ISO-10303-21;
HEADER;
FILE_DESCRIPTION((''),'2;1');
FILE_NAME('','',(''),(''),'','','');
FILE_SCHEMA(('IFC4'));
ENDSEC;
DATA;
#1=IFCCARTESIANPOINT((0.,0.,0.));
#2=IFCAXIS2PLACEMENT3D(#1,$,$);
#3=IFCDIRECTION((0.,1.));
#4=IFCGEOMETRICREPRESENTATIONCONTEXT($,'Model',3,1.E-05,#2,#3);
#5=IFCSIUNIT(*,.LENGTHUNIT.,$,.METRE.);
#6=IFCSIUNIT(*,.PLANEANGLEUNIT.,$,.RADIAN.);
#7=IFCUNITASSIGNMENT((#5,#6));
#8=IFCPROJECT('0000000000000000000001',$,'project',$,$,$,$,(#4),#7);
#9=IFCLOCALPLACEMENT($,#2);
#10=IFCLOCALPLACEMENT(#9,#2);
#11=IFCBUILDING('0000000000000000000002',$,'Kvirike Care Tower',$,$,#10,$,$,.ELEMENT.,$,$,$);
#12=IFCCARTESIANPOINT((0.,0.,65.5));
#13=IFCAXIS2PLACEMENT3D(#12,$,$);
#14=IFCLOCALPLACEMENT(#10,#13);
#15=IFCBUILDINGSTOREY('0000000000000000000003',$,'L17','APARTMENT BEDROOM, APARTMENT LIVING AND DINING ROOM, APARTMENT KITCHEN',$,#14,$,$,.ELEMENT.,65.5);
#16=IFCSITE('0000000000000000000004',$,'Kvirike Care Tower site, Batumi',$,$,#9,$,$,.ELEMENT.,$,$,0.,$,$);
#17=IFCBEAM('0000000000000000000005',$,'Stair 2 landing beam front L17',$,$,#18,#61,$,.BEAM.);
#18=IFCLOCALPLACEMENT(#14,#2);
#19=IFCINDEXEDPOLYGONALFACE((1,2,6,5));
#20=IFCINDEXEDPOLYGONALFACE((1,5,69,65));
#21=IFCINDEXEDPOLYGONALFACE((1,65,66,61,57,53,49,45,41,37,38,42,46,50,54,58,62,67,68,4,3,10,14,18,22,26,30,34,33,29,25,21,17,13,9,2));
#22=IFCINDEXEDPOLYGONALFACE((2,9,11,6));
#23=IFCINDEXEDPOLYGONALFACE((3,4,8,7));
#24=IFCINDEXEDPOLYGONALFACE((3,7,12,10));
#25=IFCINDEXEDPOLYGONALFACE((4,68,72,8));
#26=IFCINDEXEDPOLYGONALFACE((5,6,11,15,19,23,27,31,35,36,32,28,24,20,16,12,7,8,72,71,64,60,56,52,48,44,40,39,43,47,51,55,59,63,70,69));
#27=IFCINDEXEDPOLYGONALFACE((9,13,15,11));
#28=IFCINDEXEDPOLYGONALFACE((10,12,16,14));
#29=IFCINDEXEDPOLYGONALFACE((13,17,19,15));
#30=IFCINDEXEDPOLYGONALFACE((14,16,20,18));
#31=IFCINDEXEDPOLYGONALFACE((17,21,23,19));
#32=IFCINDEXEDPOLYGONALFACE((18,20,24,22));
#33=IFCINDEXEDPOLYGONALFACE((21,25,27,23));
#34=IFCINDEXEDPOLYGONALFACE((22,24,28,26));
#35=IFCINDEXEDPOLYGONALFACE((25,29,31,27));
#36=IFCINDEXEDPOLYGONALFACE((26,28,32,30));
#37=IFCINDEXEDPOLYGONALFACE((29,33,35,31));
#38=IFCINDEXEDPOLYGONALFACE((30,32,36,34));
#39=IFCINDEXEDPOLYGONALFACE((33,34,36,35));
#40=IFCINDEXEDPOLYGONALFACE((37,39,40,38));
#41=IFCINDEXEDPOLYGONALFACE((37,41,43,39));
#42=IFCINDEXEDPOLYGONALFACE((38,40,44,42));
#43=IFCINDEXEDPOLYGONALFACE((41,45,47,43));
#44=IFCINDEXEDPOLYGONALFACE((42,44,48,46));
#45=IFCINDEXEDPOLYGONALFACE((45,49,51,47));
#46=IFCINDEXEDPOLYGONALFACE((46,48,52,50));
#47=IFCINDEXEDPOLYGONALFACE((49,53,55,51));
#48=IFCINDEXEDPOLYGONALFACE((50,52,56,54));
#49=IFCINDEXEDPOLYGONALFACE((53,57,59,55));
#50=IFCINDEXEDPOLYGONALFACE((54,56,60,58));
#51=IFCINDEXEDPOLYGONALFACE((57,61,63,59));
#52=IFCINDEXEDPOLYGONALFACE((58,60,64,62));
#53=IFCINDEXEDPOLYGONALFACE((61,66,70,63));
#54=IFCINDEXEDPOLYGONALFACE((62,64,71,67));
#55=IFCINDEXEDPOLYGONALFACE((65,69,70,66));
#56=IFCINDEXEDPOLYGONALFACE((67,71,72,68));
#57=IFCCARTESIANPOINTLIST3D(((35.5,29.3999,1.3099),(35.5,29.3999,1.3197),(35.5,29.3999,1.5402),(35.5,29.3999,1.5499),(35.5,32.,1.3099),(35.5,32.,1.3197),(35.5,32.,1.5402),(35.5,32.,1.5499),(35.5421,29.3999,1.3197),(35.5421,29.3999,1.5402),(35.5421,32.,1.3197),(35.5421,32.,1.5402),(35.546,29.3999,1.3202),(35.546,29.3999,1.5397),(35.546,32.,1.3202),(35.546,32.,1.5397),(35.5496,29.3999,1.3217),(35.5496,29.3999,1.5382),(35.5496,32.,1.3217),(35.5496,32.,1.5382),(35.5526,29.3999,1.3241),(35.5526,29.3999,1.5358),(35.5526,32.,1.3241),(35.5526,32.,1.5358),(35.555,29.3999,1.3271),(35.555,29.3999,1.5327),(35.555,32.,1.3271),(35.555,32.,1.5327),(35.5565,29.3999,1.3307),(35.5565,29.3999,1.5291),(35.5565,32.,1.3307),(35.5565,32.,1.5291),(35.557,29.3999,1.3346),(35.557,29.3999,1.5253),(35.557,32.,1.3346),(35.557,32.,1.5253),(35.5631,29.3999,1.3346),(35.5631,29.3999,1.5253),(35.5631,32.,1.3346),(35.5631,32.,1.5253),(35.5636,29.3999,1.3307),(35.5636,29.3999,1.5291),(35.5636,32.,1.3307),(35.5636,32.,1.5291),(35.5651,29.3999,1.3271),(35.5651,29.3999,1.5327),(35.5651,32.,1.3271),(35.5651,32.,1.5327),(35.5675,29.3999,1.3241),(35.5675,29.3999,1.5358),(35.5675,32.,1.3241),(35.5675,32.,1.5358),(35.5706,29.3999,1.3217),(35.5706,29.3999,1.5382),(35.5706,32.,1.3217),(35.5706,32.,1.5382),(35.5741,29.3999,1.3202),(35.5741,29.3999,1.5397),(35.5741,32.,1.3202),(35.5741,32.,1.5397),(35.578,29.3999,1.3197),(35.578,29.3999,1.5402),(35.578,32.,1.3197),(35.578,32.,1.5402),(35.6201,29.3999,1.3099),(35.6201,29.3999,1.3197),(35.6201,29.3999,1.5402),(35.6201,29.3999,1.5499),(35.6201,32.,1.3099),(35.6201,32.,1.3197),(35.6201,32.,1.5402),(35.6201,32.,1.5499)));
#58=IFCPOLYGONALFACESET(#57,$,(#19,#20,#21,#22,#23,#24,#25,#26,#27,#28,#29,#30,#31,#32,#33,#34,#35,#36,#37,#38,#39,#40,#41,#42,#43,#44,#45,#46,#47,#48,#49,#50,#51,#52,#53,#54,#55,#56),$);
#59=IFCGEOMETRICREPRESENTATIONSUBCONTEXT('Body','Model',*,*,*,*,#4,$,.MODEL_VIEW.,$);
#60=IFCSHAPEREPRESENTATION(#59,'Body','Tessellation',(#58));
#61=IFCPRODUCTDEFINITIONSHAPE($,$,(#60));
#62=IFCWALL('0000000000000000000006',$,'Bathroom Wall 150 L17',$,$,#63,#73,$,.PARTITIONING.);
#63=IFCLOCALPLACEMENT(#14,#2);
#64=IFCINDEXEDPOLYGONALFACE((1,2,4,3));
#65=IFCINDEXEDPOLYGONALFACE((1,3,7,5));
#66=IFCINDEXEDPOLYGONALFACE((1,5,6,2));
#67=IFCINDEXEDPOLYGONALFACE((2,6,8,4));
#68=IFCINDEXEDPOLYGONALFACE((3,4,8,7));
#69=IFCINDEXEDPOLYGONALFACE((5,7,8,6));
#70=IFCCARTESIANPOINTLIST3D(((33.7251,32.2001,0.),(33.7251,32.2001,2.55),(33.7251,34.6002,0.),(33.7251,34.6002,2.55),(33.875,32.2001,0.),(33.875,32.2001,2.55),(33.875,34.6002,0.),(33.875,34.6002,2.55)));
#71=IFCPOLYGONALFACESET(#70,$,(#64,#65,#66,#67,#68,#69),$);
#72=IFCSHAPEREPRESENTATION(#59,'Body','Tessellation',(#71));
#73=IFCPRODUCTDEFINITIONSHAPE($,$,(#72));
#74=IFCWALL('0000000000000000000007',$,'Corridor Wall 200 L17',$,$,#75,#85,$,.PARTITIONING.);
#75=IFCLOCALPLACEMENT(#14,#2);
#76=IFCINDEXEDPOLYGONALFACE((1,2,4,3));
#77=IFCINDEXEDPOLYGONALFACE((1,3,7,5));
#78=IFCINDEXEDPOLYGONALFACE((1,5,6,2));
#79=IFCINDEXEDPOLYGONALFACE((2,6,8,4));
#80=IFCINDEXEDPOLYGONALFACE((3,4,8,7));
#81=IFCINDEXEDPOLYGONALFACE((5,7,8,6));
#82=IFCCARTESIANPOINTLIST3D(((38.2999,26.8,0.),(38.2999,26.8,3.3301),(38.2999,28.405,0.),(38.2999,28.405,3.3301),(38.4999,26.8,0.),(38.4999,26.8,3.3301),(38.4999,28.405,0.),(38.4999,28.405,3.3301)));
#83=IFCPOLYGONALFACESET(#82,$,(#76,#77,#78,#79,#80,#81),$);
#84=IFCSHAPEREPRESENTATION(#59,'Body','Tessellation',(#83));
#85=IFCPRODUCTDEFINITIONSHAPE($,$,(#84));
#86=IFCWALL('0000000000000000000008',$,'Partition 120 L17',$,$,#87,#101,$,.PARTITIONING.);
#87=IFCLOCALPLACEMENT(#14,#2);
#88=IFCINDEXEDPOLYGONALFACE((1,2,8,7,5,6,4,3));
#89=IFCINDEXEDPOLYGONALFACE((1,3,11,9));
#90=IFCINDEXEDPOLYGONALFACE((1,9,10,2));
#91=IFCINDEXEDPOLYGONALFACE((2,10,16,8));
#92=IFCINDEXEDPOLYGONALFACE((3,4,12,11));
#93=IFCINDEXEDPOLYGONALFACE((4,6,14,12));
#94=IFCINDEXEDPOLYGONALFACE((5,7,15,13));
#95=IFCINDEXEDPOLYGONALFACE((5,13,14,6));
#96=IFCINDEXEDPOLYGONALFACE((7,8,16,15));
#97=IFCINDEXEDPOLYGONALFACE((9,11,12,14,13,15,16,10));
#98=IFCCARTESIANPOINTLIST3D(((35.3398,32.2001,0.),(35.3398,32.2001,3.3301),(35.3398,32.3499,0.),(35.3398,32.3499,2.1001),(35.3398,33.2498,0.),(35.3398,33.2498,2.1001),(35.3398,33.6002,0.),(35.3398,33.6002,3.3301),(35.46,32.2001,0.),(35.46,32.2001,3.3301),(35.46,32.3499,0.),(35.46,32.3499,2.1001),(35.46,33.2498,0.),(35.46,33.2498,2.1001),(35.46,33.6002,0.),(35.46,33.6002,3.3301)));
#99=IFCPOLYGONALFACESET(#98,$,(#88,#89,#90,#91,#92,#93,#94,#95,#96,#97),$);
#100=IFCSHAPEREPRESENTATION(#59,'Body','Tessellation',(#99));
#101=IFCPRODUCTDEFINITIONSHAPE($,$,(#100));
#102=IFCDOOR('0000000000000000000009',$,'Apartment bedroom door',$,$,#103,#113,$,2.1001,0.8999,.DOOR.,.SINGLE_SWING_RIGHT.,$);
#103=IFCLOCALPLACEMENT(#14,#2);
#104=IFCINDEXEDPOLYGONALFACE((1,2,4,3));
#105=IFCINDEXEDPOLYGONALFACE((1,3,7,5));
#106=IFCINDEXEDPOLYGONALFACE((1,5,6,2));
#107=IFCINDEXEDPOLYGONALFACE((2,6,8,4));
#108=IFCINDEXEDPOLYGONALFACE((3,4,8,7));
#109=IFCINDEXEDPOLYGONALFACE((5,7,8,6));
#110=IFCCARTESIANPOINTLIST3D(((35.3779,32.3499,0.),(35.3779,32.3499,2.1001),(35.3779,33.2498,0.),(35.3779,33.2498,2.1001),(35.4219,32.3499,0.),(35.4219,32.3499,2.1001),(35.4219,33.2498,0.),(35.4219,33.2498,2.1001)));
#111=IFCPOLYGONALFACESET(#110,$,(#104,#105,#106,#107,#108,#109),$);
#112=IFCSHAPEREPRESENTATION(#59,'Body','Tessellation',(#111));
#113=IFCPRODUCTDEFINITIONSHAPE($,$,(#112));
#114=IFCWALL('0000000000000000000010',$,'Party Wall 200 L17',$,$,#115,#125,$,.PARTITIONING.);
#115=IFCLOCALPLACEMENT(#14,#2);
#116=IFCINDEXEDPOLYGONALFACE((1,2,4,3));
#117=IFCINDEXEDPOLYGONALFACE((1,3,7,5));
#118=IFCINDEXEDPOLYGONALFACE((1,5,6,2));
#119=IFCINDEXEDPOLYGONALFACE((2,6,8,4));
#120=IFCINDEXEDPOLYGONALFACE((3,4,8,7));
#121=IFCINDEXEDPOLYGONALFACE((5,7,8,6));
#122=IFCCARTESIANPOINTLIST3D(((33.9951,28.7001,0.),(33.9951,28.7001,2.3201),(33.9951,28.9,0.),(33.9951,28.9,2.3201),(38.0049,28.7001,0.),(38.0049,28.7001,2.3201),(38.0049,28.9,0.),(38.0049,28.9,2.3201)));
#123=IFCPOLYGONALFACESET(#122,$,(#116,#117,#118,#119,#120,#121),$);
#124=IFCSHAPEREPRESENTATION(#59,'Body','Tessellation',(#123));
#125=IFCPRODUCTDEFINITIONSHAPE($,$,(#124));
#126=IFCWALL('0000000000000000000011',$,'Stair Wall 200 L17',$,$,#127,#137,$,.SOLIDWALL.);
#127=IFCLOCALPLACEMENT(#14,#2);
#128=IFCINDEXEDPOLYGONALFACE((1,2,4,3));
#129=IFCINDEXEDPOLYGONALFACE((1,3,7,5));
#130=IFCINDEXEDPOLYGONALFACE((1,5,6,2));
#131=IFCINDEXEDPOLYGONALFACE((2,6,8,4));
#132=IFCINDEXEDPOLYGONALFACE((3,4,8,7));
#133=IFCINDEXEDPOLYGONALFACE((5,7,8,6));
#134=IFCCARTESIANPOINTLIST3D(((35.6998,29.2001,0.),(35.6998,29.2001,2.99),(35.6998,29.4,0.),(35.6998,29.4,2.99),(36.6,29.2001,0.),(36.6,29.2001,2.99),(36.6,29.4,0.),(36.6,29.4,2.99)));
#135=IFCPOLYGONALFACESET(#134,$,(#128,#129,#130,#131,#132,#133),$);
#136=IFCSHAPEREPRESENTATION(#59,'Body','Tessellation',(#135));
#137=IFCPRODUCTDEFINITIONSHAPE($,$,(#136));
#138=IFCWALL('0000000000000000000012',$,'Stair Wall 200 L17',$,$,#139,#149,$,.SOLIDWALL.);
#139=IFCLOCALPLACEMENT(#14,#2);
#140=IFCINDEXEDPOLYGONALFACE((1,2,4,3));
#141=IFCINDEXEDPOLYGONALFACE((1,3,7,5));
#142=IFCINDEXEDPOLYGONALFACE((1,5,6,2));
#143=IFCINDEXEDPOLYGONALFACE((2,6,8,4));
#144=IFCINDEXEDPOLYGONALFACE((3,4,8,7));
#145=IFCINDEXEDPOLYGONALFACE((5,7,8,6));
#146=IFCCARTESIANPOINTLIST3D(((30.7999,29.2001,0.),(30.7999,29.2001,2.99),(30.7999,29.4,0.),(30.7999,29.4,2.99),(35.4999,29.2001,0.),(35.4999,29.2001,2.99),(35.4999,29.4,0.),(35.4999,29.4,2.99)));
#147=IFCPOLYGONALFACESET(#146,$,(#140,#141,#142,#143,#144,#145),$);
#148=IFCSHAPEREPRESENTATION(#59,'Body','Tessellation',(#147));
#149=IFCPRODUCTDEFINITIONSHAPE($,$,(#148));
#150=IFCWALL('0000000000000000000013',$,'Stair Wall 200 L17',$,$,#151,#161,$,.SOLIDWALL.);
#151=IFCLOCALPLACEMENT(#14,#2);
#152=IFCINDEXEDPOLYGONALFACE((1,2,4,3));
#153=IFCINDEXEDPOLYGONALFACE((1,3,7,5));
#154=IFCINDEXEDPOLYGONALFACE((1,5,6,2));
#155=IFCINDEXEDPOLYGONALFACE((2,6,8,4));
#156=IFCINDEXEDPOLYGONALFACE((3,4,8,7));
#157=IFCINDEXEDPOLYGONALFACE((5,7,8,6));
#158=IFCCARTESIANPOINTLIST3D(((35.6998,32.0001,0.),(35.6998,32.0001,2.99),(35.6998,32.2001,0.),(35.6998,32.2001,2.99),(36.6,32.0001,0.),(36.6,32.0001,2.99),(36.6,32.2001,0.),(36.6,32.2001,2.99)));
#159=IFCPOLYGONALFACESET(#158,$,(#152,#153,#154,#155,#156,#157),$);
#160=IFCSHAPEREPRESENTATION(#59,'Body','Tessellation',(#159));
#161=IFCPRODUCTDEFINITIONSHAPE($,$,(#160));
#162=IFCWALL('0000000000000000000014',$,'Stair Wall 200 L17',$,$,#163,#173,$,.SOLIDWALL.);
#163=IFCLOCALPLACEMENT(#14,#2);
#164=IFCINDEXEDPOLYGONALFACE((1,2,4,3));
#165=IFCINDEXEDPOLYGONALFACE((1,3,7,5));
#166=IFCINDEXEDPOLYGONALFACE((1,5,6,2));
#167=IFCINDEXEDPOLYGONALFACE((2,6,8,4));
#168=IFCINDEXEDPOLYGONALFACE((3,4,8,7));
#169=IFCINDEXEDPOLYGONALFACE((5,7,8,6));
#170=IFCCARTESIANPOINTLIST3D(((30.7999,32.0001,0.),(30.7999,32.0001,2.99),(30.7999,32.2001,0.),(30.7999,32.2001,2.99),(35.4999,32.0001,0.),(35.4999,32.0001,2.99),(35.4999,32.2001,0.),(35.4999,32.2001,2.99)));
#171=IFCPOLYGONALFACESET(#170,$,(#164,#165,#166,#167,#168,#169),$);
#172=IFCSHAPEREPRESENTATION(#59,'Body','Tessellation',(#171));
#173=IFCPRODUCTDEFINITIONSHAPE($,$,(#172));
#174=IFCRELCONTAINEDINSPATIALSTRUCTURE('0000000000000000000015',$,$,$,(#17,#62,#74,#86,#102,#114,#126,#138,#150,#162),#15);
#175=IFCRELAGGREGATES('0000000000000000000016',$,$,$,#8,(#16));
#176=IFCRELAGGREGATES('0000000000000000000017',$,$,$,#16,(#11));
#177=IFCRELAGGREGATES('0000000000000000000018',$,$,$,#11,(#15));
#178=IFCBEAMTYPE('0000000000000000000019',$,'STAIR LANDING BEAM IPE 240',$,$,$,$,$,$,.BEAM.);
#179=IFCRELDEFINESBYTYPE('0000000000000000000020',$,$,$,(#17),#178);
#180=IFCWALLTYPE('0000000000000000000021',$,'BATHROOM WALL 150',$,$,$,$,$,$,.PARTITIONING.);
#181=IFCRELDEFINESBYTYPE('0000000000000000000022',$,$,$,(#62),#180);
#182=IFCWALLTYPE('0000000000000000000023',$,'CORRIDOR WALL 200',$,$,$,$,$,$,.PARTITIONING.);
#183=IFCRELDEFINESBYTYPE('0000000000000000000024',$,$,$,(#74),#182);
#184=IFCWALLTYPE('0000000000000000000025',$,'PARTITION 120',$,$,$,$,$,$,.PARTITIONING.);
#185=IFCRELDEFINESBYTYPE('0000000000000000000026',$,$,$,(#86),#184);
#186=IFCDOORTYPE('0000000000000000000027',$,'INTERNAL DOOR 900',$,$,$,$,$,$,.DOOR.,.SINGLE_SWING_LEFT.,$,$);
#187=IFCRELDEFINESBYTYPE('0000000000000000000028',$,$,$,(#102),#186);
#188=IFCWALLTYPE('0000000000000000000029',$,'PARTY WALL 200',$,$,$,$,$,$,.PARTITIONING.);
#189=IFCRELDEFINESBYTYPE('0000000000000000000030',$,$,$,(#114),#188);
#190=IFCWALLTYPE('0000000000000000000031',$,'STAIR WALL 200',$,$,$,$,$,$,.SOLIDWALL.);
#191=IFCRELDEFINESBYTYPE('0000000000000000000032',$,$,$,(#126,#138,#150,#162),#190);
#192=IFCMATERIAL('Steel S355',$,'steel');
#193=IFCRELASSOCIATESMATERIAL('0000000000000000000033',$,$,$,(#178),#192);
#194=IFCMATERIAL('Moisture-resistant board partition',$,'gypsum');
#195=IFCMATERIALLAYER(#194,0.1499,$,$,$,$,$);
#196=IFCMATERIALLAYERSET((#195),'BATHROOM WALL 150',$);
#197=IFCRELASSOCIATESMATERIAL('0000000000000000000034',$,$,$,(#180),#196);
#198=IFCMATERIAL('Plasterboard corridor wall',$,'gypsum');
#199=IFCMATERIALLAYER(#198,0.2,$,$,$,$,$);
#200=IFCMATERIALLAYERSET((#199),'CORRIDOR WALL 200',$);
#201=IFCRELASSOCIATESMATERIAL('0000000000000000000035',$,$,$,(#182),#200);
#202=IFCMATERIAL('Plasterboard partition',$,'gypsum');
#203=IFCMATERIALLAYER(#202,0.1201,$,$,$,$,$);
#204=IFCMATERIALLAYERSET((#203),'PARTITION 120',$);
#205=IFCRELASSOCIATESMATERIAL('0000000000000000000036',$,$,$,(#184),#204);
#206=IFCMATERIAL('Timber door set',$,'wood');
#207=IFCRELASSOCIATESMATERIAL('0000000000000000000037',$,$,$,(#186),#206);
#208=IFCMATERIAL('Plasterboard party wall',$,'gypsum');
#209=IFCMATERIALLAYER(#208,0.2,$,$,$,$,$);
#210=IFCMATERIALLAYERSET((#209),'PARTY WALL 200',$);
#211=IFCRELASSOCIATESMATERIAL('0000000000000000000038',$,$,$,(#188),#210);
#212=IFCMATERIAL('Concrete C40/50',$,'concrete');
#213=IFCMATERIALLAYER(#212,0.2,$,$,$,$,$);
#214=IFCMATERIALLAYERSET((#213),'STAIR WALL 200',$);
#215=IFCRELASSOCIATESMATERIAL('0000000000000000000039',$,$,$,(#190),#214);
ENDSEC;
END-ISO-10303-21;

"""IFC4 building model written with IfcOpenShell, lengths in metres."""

from ifc_helpers import new_model, si_unit, direction, frame, frame_2d, origin, origin_2d, place, context, subcontext, project, spatial, rectangle, i_section, extrude, material, layer, layer_set, material_profile, profile_set, type_object, element, fill, save


model = new_model("IFC4")

# Units and contexts
model_context = context("Model", 3, precision=1e-05, world=origin(), true_north=direction((0.0, 1.0)))
body_context = subcontext(model_context, "Body", "Model", "MODEL_VIEW")
ifc_project = project(units=[si_unit("LENGTHUNIT", "METRE"), si_unit("PLANEANGLEUNIT", "RADIAN")], contexts=[model_context])

# Site, building, storey
site_placement = place(None, origin())
site = spatial("IfcSite", under=ifc_project, at=site_placement, Name="Kvirike Care Tower site, Batumi", CompositionType="ELEMENT", RefElevation=0.0)
building_placement = place(site_placement, origin())
building = spatial("IfcBuilding", under=site, at=building_placement, Name="Kvirike Care Tower", CompositionType="ELEMENT")
storey_placement = place(building_placement, frame((0.0, 0.0, 65.5)))
storey = spatial("IfcBuildingStorey", under=building, at=storey_placement, Name="L17", Description="APARTMENT BEDROOM, APARTMENT LIVING AND DINING ROOM, APARTMENT KITCHEN", CompositionType="ELEMENT", Elevation=65.5)

# Beam
ifc_material_1 = material(Name="Steel S355", Category="steel")
ifc_material_profile_1 = material_profile(ifc_material_1, i_section(OverallWidth=0.1201, OverallDepth=0.24, WebThickness=0.0061, FlangeThickness=0.0098, FilletRadius=0.0149, at=origin_2d()), Name="IPE 240")
ifc_profile_set_1 = profile_set([ifc_material_profile_1], Name="Steel S355")
beam_type_1 = type_object("IfcBeamType", Name="STAIR LANDING BEAM IPE 240", PredefinedType="BEAM", material=ifc_profile_set_1)
for number, where, z_axis, x_axis, name in (
    (1, (35.5601, 29.3999, 1.4299), (0.0, 1.0, 0.0), (-1.0, 0.0, 0.0), "Stair 2 landing beam front L17"),
):
    element("IfcBeam", number, at=place(storey_placement, frame(where, z_axis=z_axis, x_axis=x_axis)), inside=storey, type_object=beam_type_1, Name=name, PredefinedType="BEAM", context=body_context, shape_type="SweptSolid", body=[
        extrude(i_section(OverallWidth=0.1201, OverallDepth=0.24, WebThickness=0.0061, FlangeThickness=0.0098, FilletRadius=0.0149, at=origin_2d()), origin(), (0.0, 0.0, 1.0), 2.6001),
    ])

# Walls
ifc_material_2 = material(Name="Moisture-resistant board partition", Category="gypsum")
ifc_layer_1 = layer(ifc_material_2, 0.1499)
ifc_layer_set_1 = layer_set([ifc_layer_1], Name="BATHROOM WALL 150")
wall_type_1 = type_object("IfcWallType", Name="BATHROOM WALL 150", PredefinedType="PARTITIONING", material=ifc_layer_set_1)
wall_1_placement = place(storey_placement, frame((33.8, 32.2, 0.0), z_axis=(0.0, 0.0, 1.0), x_axis=(0.0, 1.0, 0.0)))
element("IfcWall", 2, at=wall_1_placement, inside=storey, type_object=wall_type_1, Name="Bathroom Wall 150 L17", PredefinedType="PARTITIONING", context=body_context, shape_type="SweptSolid", body=[
    extrude(rectangle(XDim=2.4001, YDim=0.1499, at=frame_2d((1.2002, 0.0))), origin(), (0.0, 0.0, 1.0), 2.55),
])
ifc_material_3 = material(Name="Plasterboard corridor wall", Category="gypsum")
ifc_layer_2 = layer(ifc_material_3, 0.2)
ifc_layer_set_2 = layer_set([ifc_layer_2], Name="CORRIDOR WALL 200")
wall_type_2 = type_object("IfcWallType", Name="CORRIDOR WALL 200", PredefinedType="PARTITIONING", material=ifc_layer_set_2)
wall_2_placement = place(storey_placement, frame((38.3999, 26.8, 0.0), z_axis=(0.0, 0.0, 1.0), x_axis=(0.0, 1.0, 0.0)))
element("IfcWall", 3, at=wall_2_placement, inside=storey, type_object=wall_type_2, Name="Corridor Wall 200 L17", PredefinedType="PARTITIONING", context=body_context, shape_type="SweptSolid", body=[
    extrude(rectangle(XDim=1.605, YDim=0.2, at=frame_2d((0.8025, 0.0))), origin(), (0.0, 0.0, 1.0), 3.3301),
])

# Wall, opening, door
ifc_material_4 = material(Name="Plasterboard partition", Category="gypsum")
ifc_layer_3 = layer(ifc_material_4, 0.1201)
ifc_layer_set_3 = layer_set([ifc_layer_3], Name="PARTITION 120")
wall_type_3 = type_object("IfcWallType", Name="PARTITION 120", PredefinedType="PARTITIONING", material=ifc_layer_set_3)
wall_3_placement = place(storey_placement, frame((35.3999, 32.2, 0.0), z_axis=(0.0, 0.0, 1.0), x_axis=(0.0, 1.0, 0.0)))
wall_3 = element("IfcWall", 4, at=wall_3_placement, inside=storey, type_object=wall_type_3, Name="Partition 120 L17", PredefinedType="PARTITIONING", context=body_context, shape_type="SweptSolid", body=[
    extrude(rectangle(XDim=1.4001, YDim=0.1201, at=frame_2d((0.7002, 0.0))), origin(), (0.0, 0.0, 1.0), 3.3301),
])
opening_placement = place(wall_3_placement, frame((0.1499, 0.0, 0.0)))
opening = element("IfcOpeningElement", 5, at=opening_placement, cuts=wall_3, PredefinedType="OPENING", context=body_context, shape_type="SweptSolid", body=[
    extrude(rectangle(XDim=0.8999, YDim=2.1001, at=frame_2d((0.45, 1.05))), frame((0.0, 0.0706, 0.0), z_axis=(0.0, -1.0, 0.0), x_axis=(1.0, 0.0, 0.0)), (0.0, 0.0, 1.0), 0.1411),
])
ifc_material_5 = material(Name="Timber door set", Category="wood")
door_type = type_object("IfcDoorType", Name="INTERNAL DOOR 900", OperationType="SINGLE_SWING_LEFT", PredefinedType="DOOR", material=ifc_material_5)
door_placement = place(opening_placement, origin())
door = element("IfcDoor", 6, at=door_placement, inside=storey, type_object=door_type, Name="Apartment bedroom door", OperationType="SINGLE_SWING_RIGHT", OverallHeight=2.1001, OverallWidth=0.8999, PredefinedType="DOOR", context=body_context, shape_type="SweptSolid", body=[
    extrude(rectangle(XDim=0.8999, YDim=2.1001, at=frame_2d((0.45, 1.05))), frame((0.0, 0.022, 0.0), z_axis=(0.0, -1.0, 0.0), x_axis=(1.0, 0.0, 0.0)), (0.0, 0.0, 1.0), 0.0439),
])
fill(opening, door)

# Walls
ifc_material_6 = material(Name="Plasterboard party wall", Category="gypsum")
ifc_layer_4 = layer(ifc_material_6, 0.2)
ifc_layer_set_4 = layer_set([ifc_layer_4], Name="PARTY WALL 200")
wall_type_4 = type_object("IfcWallType", Name="PARTY WALL 200", PredefinedType="PARTITIONING", material=ifc_layer_set_4)
wall_4_placement = place(storey_placement, frame((38.0049, 28.8, 0.0), z_axis=(0.0, 0.0, 1.0), x_axis=(-1.0, 0.0, 0.0)))
element("IfcWall", 7, at=wall_4_placement, inside=storey, type_object=wall_type_4, Name="Party Wall 200 L17", PredefinedType="PARTITIONING", context=body_context, shape_type="SweptSolid", body=[
    extrude(rectangle(XDim=4.0098, YDim=0.2, at=frame_2d((2.0049, 0.0))), origin(), (0.0, 0.0, 1.0), 2.3201),
])
ifc_material_7 = material(Name="Concrete C40/50", Category="concrete")
ifc_layer_5 = layer(ifc_material_7, 0.2)
ifc_layer_set_5 = layer_set([ifc_layer_5], Name="STAIR WALL 200")
wall_type_5 = type_object("IfcWallType", Name="STAIR WALL 200", PredefinedType="SOLIDWALL", material=ifc_layer_set_5)
wall_5_placement = place(storey_placement, frame((36.6001, 29.3, 0.0), z_axis=(0.0, 0.0, 1.0), x_axis=(-1.0, 0.0, 0.0)))
element("IfcWall", 8, at=wall_5_placement, inside=storey, type_object=wall_type_5, Name="Stair Wall 200 L17", PredefinedType="SOLIDWALL", context=body_context, shape_type="SweptSolid", body=[
    extrude(rectangle(XDim=0.9001, YDim=0.2, at=frame_2d((0.4502, 0.0))), origin(), (0.0, 0.0, 1.0), 2.99),
])
wall_6_placement = place(storey_placement, frame((35.5, 29.3, 0.0), z_axis=(0.0, 0.0, 1.0), x_axis=(-1.0, 0.0, 0.0)))
element("IfcWall", 9, at=wall_6_placement, inside=storey, type_object=wall_type_5, Name="Stair Wall 200 L17", PredefinedType="SOLIDWALL", context=body_context, shape_type="SweptSolid", body=[
    extrude(rectangle(XDim=4.7, YDim=0.2, at=frame_2d((2.3501, 0.0))), origin(), (0.0, 0.0, 1.0), 2.99),
])
wall_7_placement = place(storey_placement, frame((36.6001, 32.1001, 0.0), z_axis=(0.0, 0.0, 1.0), x_axis=(-1.0, 0.0, 0.0)))
element("IfcWall", 10, at=wall_7_placement, inside=storey, type_object=wall_type_5, Name="Stair Wall 200 L17", PredefinedType="SOLIDWALL", context=body_context, shape_type="SweptSolid", body=[
    extrude(rectangle(XDim=0.9001, YDim=0.2, at=frame_2d((0.4502, 0.0))), origin(), (0.0, 0.0, 1.0), 2.99),
])
wall_8_placement = place(storey_placement, frame((35.5, 32.1001, 0.0), z_axis=(0.0, 0.0, 1.0), x_axis=(-1.0, 0.0, 0.0)))
element("IfcWall", 11, at=wall_8_placement, inside=storey, type_object=wall_type_5, Name="Stair Wall 200 L17", PredefinedType="SOLIDWALL", context=body_context, shape_type="SweptSolid", body=[
    extrude(rectangle(XDim=4.7, YDim=0.2, at=frame_2d((2.3501, 0.0))), origin(), (0.0, 0.0, 1.0), 2.99),
])

save(model, "model.ifc")
